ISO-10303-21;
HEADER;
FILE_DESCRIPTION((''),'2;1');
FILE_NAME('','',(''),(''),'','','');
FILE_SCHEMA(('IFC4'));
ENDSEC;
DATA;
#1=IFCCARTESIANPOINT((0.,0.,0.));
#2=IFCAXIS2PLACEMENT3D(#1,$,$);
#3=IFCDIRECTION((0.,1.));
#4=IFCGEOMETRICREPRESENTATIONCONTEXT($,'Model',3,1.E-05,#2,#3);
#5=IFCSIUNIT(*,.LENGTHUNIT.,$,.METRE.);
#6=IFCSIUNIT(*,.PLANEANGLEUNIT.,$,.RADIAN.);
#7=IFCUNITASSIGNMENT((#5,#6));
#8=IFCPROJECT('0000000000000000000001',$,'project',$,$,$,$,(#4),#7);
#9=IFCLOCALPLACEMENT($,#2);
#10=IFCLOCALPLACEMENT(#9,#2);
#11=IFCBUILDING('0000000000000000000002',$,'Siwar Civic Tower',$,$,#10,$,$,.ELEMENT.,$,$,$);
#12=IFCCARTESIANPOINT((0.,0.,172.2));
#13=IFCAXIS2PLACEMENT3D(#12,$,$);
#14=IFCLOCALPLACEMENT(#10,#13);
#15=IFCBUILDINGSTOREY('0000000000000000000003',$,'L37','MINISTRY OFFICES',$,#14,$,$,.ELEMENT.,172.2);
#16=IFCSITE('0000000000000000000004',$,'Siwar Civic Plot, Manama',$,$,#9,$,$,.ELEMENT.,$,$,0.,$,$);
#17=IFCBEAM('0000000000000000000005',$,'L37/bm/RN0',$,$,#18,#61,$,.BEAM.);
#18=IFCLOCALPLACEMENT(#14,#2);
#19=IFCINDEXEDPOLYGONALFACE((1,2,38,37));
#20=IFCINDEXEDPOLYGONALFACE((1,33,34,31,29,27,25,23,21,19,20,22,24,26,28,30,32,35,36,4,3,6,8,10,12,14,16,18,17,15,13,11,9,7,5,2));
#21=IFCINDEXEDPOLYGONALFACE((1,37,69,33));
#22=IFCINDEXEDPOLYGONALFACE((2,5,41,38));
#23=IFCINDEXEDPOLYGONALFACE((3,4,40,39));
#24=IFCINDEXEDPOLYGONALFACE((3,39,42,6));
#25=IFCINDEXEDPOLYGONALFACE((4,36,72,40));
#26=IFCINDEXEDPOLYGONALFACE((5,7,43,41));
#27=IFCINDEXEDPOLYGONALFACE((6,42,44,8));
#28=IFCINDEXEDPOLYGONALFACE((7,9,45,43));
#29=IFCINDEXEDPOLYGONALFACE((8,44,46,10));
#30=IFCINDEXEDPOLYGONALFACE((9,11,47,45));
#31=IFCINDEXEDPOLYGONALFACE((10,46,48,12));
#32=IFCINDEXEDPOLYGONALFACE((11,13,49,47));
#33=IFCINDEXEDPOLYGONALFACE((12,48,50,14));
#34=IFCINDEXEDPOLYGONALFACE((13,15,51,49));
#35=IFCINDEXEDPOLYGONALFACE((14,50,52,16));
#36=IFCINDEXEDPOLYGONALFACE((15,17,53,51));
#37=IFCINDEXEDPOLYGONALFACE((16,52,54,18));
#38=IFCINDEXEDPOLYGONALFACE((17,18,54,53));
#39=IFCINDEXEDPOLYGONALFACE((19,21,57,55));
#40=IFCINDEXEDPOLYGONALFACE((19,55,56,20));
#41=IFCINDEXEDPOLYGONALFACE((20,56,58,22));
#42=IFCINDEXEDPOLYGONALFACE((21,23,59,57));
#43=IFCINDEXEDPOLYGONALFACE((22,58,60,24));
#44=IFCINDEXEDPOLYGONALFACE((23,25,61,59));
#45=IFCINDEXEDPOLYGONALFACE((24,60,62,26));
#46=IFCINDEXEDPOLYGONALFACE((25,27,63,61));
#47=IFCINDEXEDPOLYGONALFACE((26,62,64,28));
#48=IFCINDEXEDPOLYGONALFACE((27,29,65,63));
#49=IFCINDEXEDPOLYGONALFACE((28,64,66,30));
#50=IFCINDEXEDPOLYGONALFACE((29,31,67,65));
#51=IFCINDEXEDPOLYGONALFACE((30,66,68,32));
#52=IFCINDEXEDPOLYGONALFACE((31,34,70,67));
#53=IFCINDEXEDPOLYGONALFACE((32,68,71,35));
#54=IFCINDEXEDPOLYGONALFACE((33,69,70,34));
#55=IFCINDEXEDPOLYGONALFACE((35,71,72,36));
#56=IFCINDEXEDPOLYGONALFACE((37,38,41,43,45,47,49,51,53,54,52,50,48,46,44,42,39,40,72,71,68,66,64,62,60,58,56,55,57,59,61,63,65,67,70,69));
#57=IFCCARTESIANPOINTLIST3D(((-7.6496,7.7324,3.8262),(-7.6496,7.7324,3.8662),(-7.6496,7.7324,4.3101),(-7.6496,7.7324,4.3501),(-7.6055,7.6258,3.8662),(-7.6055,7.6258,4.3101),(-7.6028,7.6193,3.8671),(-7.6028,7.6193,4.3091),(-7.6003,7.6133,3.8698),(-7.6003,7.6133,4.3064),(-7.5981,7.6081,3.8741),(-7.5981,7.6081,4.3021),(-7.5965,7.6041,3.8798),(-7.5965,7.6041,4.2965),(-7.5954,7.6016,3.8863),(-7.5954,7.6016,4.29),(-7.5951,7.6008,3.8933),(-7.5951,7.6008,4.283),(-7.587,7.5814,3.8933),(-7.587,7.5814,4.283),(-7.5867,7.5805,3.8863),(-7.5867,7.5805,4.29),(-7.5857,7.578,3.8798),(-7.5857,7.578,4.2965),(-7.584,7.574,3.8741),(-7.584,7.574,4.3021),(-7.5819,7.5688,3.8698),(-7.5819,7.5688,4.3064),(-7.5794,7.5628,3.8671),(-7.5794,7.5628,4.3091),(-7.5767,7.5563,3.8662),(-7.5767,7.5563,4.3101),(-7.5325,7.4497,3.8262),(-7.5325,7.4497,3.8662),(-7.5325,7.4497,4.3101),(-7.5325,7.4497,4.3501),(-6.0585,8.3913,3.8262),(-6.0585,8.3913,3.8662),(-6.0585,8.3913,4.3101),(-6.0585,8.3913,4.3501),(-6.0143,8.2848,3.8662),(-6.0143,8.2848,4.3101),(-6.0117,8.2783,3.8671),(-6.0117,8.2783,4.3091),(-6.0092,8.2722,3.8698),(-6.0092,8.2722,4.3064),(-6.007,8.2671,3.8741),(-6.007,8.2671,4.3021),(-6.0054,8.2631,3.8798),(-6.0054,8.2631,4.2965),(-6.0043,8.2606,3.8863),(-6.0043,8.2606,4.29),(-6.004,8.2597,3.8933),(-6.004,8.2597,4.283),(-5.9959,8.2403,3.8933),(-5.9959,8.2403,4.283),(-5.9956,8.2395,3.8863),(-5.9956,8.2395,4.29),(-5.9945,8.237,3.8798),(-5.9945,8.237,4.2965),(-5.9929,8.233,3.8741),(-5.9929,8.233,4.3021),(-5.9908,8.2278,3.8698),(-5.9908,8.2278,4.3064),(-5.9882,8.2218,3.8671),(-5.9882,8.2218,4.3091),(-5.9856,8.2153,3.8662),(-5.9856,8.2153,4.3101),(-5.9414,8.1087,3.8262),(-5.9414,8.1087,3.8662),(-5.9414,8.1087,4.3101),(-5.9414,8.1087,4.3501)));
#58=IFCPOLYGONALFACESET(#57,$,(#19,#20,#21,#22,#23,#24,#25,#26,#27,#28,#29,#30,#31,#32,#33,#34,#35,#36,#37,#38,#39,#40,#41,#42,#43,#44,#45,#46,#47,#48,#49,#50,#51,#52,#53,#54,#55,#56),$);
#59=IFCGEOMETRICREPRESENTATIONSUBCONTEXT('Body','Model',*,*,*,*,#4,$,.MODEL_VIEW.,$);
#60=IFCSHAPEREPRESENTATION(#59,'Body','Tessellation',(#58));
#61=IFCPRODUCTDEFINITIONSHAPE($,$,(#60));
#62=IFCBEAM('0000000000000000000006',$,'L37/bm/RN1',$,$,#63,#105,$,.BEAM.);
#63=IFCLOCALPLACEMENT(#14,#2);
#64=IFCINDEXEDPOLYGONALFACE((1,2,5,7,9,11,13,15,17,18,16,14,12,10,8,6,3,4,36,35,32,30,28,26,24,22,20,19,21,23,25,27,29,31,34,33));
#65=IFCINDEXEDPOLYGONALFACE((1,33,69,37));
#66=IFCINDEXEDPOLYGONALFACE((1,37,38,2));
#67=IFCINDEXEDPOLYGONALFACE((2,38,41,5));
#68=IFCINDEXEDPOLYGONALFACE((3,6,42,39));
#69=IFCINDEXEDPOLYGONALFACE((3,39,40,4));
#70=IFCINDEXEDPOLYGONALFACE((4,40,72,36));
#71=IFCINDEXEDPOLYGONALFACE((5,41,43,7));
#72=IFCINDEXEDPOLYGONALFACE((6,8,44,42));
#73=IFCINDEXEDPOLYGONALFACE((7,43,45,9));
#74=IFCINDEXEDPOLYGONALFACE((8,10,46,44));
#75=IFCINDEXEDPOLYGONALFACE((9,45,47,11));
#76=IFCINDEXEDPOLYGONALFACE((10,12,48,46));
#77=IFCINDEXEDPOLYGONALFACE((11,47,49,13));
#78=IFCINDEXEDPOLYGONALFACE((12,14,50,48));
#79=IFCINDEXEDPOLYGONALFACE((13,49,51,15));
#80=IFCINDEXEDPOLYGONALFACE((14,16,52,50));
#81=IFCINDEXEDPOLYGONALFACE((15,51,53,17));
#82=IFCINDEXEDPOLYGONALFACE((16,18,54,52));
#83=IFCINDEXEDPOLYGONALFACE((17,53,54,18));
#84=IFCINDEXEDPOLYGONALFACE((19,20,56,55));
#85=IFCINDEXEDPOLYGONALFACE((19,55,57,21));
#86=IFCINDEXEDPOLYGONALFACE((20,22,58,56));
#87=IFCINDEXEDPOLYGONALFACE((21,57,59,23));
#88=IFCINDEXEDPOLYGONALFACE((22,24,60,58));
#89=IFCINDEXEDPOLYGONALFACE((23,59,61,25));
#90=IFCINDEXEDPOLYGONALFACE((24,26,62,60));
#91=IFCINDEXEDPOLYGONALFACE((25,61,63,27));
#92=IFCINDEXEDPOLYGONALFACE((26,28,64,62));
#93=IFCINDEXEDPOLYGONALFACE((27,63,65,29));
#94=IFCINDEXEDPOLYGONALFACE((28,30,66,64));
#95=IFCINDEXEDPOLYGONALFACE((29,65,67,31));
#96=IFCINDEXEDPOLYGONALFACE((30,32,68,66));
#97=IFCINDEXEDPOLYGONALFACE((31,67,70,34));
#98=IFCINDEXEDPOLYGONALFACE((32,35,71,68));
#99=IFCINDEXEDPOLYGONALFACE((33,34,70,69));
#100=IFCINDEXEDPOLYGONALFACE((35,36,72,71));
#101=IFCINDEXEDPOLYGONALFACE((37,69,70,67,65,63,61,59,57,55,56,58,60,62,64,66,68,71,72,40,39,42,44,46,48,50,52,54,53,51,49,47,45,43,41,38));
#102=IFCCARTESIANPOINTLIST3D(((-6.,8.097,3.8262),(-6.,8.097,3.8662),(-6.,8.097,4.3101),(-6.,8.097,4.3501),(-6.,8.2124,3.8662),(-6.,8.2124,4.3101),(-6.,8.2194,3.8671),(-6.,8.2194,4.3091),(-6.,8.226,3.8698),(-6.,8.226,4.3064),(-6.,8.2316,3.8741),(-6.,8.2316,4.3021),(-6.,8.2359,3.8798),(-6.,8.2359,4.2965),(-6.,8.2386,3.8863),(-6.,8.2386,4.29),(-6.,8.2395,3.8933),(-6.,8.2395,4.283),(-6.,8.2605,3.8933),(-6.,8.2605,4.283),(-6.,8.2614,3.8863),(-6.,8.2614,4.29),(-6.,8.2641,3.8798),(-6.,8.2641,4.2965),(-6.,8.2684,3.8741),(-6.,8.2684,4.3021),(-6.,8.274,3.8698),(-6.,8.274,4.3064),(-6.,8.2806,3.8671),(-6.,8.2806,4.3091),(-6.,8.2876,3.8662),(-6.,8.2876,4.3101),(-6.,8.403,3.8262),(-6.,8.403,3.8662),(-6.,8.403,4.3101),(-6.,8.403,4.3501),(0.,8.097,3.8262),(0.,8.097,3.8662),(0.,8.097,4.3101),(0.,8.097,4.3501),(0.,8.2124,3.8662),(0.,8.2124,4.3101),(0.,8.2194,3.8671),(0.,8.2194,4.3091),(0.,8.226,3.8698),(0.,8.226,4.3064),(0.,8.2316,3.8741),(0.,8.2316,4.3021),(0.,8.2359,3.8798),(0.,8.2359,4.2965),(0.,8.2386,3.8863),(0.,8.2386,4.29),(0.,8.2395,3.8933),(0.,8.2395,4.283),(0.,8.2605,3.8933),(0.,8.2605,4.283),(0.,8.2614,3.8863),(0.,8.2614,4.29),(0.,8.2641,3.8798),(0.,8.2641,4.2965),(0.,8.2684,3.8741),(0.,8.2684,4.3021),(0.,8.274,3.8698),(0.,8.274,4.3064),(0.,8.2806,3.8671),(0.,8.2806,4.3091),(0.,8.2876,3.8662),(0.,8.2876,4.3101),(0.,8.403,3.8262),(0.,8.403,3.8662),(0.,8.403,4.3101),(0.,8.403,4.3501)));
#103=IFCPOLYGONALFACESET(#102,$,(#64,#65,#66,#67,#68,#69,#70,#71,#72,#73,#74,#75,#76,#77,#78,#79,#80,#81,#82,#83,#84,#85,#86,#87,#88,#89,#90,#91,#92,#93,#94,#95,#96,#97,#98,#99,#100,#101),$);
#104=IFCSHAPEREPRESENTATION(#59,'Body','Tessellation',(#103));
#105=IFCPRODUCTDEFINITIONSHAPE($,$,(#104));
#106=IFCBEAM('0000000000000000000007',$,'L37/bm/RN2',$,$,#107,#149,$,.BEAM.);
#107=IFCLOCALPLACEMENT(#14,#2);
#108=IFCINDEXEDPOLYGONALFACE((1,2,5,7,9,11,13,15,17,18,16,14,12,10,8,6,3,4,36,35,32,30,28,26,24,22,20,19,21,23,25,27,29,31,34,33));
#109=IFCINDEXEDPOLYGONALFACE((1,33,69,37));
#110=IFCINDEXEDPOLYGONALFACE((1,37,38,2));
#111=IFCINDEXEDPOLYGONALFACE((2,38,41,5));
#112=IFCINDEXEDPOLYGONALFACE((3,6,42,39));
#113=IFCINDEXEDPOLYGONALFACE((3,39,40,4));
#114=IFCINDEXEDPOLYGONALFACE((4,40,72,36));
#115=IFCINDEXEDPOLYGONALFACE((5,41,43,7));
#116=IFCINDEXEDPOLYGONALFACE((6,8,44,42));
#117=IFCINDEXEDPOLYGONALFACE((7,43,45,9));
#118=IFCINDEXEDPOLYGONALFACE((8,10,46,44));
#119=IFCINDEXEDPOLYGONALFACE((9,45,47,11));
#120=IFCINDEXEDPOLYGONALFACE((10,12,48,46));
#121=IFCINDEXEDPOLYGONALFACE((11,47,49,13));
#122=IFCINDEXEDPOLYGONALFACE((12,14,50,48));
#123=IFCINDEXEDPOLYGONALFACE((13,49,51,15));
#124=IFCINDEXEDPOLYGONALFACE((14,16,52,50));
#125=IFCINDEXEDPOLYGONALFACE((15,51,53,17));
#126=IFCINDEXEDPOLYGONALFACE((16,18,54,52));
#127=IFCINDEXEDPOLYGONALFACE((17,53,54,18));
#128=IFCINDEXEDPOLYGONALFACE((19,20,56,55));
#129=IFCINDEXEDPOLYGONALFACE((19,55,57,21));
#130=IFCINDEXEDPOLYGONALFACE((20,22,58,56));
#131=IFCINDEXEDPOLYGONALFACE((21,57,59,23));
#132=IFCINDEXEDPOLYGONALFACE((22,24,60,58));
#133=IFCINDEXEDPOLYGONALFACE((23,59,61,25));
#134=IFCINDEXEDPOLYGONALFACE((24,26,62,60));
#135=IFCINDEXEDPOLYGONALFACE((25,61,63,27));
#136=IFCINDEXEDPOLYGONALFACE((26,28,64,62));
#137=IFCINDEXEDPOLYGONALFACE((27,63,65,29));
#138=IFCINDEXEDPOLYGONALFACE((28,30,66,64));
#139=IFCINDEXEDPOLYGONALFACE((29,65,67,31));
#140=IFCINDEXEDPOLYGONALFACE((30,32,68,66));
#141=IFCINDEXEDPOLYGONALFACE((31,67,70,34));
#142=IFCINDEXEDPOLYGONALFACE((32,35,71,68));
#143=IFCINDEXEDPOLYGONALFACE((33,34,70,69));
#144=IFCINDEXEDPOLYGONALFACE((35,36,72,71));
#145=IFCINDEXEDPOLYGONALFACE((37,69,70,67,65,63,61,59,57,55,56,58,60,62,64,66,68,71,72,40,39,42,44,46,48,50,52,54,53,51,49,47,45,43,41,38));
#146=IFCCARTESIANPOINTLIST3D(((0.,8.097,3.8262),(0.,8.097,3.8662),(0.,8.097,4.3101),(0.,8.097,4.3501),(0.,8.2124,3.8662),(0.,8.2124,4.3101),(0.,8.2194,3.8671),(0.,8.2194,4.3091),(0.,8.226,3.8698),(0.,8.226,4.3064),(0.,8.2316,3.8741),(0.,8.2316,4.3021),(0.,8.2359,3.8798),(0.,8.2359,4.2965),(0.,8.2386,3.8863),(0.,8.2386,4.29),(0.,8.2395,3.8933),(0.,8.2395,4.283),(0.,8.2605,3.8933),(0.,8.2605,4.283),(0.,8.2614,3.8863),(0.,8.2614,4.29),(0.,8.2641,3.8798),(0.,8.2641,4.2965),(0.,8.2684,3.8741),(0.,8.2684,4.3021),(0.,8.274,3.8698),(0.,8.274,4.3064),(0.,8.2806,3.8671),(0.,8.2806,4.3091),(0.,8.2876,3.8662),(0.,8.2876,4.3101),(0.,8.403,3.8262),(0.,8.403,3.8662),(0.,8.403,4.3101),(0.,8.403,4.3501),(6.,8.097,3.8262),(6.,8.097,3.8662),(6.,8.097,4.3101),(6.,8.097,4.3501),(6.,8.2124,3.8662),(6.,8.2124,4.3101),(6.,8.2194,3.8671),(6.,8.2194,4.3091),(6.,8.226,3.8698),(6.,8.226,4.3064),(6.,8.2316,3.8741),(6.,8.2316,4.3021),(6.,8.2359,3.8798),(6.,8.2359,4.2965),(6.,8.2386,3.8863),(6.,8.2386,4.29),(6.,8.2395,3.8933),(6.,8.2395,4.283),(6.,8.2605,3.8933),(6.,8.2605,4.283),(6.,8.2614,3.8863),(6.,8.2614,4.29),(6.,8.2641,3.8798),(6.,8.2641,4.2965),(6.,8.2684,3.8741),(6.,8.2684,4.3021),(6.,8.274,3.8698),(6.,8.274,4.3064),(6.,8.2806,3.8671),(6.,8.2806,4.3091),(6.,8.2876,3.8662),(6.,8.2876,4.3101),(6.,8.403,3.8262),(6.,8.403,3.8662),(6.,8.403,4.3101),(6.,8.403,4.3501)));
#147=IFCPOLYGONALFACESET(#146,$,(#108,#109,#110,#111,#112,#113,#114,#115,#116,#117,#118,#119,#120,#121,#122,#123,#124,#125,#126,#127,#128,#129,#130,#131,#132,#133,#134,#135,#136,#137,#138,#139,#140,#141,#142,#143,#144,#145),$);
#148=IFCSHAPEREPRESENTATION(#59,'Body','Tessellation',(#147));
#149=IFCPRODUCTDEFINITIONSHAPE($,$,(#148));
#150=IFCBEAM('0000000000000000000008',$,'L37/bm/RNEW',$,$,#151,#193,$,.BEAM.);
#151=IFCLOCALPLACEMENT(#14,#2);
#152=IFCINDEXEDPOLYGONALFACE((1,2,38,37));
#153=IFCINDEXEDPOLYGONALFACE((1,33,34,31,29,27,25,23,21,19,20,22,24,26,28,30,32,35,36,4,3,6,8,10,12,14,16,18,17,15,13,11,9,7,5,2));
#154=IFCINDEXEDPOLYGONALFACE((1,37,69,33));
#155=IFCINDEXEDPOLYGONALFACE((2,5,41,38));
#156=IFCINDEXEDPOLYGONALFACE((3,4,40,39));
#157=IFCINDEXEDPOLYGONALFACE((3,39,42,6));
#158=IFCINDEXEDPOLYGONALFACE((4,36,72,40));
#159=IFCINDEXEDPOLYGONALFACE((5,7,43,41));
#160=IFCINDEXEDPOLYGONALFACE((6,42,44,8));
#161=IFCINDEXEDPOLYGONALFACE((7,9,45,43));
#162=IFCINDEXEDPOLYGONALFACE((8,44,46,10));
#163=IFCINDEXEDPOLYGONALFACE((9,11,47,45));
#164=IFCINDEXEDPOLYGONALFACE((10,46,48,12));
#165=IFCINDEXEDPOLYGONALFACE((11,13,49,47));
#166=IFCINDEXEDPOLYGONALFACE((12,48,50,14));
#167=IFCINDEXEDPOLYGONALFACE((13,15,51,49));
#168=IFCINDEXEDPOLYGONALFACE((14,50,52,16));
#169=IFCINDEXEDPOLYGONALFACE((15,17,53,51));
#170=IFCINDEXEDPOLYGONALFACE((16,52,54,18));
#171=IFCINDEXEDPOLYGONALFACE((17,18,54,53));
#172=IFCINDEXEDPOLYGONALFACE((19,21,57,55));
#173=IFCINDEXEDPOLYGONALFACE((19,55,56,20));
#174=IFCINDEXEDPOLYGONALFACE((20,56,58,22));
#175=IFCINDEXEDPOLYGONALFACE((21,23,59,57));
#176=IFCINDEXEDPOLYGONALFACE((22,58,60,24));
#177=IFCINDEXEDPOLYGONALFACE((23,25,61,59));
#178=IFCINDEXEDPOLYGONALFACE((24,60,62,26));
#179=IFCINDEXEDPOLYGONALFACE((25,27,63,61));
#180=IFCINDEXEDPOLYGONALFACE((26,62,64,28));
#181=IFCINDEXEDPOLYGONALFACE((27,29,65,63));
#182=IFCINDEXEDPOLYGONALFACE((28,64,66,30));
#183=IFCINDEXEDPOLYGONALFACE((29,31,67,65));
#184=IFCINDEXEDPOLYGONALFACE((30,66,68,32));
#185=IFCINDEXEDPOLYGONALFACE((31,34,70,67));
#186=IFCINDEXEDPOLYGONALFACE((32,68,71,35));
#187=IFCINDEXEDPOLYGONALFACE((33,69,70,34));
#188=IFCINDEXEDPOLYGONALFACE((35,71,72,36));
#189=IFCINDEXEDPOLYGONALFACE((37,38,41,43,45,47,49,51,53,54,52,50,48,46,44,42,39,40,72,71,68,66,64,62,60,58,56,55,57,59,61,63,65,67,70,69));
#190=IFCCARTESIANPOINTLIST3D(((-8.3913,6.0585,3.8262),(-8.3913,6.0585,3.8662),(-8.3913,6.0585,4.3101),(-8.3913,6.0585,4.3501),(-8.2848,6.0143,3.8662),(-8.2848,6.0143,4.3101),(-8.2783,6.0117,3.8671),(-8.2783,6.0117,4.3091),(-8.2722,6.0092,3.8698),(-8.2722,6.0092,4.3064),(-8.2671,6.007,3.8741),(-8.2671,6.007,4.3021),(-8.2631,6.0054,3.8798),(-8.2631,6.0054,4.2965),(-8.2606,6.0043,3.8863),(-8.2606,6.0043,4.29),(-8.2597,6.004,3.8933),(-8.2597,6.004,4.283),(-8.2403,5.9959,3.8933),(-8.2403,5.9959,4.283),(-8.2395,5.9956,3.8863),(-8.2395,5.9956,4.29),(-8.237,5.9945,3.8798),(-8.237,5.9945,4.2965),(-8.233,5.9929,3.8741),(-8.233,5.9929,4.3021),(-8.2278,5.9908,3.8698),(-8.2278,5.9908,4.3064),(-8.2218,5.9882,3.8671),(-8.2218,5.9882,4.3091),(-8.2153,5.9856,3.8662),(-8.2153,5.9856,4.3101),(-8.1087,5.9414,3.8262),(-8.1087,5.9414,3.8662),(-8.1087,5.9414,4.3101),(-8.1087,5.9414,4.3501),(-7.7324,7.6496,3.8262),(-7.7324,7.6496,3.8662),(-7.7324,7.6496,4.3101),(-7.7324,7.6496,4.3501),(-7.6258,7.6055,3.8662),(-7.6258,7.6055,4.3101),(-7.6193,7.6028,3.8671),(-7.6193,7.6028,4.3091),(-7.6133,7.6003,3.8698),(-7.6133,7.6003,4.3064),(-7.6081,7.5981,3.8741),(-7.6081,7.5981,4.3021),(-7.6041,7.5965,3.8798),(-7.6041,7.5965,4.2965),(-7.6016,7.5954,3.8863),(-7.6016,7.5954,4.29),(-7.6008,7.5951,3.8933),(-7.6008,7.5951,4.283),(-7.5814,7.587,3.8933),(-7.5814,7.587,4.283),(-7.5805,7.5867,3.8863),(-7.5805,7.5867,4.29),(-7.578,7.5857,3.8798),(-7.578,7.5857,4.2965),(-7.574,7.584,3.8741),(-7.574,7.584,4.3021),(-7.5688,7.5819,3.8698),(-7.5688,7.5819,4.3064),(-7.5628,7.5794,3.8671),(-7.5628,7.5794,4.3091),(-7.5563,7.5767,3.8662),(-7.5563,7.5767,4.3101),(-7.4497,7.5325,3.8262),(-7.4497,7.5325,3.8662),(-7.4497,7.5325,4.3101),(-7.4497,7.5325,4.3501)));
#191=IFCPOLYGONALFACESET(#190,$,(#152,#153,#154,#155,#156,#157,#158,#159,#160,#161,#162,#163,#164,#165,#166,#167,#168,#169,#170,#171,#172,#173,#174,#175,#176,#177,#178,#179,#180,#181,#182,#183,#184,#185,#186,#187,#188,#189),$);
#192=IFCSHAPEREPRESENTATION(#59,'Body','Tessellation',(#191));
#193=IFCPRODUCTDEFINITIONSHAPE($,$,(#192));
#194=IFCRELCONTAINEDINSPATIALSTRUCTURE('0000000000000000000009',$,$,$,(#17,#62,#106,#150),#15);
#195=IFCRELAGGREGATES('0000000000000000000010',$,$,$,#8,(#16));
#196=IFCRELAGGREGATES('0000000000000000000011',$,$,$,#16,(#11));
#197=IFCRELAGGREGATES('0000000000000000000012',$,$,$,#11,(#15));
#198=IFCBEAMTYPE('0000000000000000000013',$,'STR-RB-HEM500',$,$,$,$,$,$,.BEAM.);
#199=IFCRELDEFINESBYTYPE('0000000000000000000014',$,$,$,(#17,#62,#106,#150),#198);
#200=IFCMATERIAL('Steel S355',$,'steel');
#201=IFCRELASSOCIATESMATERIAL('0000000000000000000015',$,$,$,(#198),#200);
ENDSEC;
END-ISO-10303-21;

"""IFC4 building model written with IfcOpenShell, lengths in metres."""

from ifc_helpers import new_model, si_unit, direction, frame, origin, origin_2d, place, context, subcontext, project, spatial, i_section, extrude, material, material_profile, profile_set, type_object, element, save


model = new_model("IFC4")

# Units and contexts
model_context = context("Model", 3, precision=1e-05, world=origin(), true_north=direction((0.0, 1.0)))
body_context = subcontext(model_context, "Body", "Model", "MODEL_VIEW")
ifc_project = project(units=[si_unit("LENGTHUNIT", "METRE"), si_unit("PLANEANGLEUNIT", "RADIAN")], contexts=[model_context])

# Site, building, storey
site_placement = place(None, origin())
site = spatial("IfcSite", under=ifc_project, at=site_placement, Name="Siwar Civic Plot, Manama", CompositionType="ELEMENT", RefElevation=0.0)
building_placement = place(site_placement, origin())
building = spatial("IfcBuilding", under=site, at=building_placement, Name="Siwar Civic Tower", CompositionType="ELEMENT")
storey_placement = place(building_placement, frame((0.0, 0.0, 172.2)))
storey = spatial("IfcBuildingStorey", under=building, at=storey_placement, Name="L37", Description="MINISTRY OFFICES", CompositionType="ELEMENT", Elevation=172.2)

# Beams
ifc_material_1 = material(Name="Steel S355", Category="steel")
ifc_material_profile_1 = material_profile(ifc_material_1, i_section(OverallWidth=0.3059, OverallDepth=0.5239, WebThickness=0.021, FlangeThickness=0.04, FilletRadius=0.0271, at=origin_2d()), Name="HEM500")
ifc_profile_set_1 = profile_set([ifc_material_profile_1], Name="Steel S355")
beam_type_1 = type_object("IfcBeamType", Name="STR-RB-HEM500", PredefinedType="BEAM", material=ifc_profile_set_1)
beam_1_placement = place(storey_placement, frame((-7.5911, 7.5911, 4.0881), z_axis=(0.923901, 0.382631, 0.0), x_axis=(-0.382631, 0.923901, 0.0)))
element("IfcBeam", 1, at=beam_1_placement, inside=storey, type_object=beam_type_1, Name="L37/bm/RN0", PredefinedType="BEAM", context=body_context, shape_type="SweptSolid", body=[
    extrude(i_section(OverallWidth=0.3059, OverallDepth=0.5239, WebThickness=0.021, FlangeThickness=0.04, FilletRadius=0.0271, at=origin_2d()), origin(), (0.0, 0.0, 1.0), 1.7222),
])
for number, where, z_axis, x_axis, name in (
    (2, (-6.0, 8.25, 4.0881), (1.0, 0.0, 0.0), (0.0, 1.0, 0.0), "L37/bm/RN1"),
    (3, (0.0, 8.25, 4.0881), (1.0, 0.0, 0.0), (0.0, 1.0, 0.0), "L37/bm/RN2"),
):
    element("IfcBeam", number, at=place(storey_placement, frame(where, z_axis=z_axis, x_axis=x_axis)), inside=storey, type_object=beam_type_1, Name=name, PredefinedType="BEAM", context=body_context, shape_type="SweptSolid", body=[
        extrude(i_section(OverallWidth=0.3059, OverallDepth=0.5239, WebThickness=0.021, FlangeThickness=0.04, FilletRadius=0.0271, at=origin_2d()), origin(), (0.0, 0.0, 1.0), 6.0),
    ])
beam_2_placement = place(storey_placement, frame((-7.5911, 7.5911, 4.0881), z_axis=(-0.382631, -0.923901, 0.0), x_axis=(0.923901, -0.382631, 0.0)))
element("IfcBeam", 4, at=beam_2_placement, inside=storey, type_object=beam_type_1, Name="L37/bm/RNEW", PredefinedType="BEAM", context=body_context, shape_type="SweptSolid", body=[
    extrude(i_section(OverallWidth=0.3059, OverallDepth=0.5239, WebThickness=0.021, FlangeThickness=0.04, FilletRadius=0.0271, at=origin_2d()), origin(), (0.0, 0.0, 1.0), 1.7222),
])

save(model, "model.ifc")
